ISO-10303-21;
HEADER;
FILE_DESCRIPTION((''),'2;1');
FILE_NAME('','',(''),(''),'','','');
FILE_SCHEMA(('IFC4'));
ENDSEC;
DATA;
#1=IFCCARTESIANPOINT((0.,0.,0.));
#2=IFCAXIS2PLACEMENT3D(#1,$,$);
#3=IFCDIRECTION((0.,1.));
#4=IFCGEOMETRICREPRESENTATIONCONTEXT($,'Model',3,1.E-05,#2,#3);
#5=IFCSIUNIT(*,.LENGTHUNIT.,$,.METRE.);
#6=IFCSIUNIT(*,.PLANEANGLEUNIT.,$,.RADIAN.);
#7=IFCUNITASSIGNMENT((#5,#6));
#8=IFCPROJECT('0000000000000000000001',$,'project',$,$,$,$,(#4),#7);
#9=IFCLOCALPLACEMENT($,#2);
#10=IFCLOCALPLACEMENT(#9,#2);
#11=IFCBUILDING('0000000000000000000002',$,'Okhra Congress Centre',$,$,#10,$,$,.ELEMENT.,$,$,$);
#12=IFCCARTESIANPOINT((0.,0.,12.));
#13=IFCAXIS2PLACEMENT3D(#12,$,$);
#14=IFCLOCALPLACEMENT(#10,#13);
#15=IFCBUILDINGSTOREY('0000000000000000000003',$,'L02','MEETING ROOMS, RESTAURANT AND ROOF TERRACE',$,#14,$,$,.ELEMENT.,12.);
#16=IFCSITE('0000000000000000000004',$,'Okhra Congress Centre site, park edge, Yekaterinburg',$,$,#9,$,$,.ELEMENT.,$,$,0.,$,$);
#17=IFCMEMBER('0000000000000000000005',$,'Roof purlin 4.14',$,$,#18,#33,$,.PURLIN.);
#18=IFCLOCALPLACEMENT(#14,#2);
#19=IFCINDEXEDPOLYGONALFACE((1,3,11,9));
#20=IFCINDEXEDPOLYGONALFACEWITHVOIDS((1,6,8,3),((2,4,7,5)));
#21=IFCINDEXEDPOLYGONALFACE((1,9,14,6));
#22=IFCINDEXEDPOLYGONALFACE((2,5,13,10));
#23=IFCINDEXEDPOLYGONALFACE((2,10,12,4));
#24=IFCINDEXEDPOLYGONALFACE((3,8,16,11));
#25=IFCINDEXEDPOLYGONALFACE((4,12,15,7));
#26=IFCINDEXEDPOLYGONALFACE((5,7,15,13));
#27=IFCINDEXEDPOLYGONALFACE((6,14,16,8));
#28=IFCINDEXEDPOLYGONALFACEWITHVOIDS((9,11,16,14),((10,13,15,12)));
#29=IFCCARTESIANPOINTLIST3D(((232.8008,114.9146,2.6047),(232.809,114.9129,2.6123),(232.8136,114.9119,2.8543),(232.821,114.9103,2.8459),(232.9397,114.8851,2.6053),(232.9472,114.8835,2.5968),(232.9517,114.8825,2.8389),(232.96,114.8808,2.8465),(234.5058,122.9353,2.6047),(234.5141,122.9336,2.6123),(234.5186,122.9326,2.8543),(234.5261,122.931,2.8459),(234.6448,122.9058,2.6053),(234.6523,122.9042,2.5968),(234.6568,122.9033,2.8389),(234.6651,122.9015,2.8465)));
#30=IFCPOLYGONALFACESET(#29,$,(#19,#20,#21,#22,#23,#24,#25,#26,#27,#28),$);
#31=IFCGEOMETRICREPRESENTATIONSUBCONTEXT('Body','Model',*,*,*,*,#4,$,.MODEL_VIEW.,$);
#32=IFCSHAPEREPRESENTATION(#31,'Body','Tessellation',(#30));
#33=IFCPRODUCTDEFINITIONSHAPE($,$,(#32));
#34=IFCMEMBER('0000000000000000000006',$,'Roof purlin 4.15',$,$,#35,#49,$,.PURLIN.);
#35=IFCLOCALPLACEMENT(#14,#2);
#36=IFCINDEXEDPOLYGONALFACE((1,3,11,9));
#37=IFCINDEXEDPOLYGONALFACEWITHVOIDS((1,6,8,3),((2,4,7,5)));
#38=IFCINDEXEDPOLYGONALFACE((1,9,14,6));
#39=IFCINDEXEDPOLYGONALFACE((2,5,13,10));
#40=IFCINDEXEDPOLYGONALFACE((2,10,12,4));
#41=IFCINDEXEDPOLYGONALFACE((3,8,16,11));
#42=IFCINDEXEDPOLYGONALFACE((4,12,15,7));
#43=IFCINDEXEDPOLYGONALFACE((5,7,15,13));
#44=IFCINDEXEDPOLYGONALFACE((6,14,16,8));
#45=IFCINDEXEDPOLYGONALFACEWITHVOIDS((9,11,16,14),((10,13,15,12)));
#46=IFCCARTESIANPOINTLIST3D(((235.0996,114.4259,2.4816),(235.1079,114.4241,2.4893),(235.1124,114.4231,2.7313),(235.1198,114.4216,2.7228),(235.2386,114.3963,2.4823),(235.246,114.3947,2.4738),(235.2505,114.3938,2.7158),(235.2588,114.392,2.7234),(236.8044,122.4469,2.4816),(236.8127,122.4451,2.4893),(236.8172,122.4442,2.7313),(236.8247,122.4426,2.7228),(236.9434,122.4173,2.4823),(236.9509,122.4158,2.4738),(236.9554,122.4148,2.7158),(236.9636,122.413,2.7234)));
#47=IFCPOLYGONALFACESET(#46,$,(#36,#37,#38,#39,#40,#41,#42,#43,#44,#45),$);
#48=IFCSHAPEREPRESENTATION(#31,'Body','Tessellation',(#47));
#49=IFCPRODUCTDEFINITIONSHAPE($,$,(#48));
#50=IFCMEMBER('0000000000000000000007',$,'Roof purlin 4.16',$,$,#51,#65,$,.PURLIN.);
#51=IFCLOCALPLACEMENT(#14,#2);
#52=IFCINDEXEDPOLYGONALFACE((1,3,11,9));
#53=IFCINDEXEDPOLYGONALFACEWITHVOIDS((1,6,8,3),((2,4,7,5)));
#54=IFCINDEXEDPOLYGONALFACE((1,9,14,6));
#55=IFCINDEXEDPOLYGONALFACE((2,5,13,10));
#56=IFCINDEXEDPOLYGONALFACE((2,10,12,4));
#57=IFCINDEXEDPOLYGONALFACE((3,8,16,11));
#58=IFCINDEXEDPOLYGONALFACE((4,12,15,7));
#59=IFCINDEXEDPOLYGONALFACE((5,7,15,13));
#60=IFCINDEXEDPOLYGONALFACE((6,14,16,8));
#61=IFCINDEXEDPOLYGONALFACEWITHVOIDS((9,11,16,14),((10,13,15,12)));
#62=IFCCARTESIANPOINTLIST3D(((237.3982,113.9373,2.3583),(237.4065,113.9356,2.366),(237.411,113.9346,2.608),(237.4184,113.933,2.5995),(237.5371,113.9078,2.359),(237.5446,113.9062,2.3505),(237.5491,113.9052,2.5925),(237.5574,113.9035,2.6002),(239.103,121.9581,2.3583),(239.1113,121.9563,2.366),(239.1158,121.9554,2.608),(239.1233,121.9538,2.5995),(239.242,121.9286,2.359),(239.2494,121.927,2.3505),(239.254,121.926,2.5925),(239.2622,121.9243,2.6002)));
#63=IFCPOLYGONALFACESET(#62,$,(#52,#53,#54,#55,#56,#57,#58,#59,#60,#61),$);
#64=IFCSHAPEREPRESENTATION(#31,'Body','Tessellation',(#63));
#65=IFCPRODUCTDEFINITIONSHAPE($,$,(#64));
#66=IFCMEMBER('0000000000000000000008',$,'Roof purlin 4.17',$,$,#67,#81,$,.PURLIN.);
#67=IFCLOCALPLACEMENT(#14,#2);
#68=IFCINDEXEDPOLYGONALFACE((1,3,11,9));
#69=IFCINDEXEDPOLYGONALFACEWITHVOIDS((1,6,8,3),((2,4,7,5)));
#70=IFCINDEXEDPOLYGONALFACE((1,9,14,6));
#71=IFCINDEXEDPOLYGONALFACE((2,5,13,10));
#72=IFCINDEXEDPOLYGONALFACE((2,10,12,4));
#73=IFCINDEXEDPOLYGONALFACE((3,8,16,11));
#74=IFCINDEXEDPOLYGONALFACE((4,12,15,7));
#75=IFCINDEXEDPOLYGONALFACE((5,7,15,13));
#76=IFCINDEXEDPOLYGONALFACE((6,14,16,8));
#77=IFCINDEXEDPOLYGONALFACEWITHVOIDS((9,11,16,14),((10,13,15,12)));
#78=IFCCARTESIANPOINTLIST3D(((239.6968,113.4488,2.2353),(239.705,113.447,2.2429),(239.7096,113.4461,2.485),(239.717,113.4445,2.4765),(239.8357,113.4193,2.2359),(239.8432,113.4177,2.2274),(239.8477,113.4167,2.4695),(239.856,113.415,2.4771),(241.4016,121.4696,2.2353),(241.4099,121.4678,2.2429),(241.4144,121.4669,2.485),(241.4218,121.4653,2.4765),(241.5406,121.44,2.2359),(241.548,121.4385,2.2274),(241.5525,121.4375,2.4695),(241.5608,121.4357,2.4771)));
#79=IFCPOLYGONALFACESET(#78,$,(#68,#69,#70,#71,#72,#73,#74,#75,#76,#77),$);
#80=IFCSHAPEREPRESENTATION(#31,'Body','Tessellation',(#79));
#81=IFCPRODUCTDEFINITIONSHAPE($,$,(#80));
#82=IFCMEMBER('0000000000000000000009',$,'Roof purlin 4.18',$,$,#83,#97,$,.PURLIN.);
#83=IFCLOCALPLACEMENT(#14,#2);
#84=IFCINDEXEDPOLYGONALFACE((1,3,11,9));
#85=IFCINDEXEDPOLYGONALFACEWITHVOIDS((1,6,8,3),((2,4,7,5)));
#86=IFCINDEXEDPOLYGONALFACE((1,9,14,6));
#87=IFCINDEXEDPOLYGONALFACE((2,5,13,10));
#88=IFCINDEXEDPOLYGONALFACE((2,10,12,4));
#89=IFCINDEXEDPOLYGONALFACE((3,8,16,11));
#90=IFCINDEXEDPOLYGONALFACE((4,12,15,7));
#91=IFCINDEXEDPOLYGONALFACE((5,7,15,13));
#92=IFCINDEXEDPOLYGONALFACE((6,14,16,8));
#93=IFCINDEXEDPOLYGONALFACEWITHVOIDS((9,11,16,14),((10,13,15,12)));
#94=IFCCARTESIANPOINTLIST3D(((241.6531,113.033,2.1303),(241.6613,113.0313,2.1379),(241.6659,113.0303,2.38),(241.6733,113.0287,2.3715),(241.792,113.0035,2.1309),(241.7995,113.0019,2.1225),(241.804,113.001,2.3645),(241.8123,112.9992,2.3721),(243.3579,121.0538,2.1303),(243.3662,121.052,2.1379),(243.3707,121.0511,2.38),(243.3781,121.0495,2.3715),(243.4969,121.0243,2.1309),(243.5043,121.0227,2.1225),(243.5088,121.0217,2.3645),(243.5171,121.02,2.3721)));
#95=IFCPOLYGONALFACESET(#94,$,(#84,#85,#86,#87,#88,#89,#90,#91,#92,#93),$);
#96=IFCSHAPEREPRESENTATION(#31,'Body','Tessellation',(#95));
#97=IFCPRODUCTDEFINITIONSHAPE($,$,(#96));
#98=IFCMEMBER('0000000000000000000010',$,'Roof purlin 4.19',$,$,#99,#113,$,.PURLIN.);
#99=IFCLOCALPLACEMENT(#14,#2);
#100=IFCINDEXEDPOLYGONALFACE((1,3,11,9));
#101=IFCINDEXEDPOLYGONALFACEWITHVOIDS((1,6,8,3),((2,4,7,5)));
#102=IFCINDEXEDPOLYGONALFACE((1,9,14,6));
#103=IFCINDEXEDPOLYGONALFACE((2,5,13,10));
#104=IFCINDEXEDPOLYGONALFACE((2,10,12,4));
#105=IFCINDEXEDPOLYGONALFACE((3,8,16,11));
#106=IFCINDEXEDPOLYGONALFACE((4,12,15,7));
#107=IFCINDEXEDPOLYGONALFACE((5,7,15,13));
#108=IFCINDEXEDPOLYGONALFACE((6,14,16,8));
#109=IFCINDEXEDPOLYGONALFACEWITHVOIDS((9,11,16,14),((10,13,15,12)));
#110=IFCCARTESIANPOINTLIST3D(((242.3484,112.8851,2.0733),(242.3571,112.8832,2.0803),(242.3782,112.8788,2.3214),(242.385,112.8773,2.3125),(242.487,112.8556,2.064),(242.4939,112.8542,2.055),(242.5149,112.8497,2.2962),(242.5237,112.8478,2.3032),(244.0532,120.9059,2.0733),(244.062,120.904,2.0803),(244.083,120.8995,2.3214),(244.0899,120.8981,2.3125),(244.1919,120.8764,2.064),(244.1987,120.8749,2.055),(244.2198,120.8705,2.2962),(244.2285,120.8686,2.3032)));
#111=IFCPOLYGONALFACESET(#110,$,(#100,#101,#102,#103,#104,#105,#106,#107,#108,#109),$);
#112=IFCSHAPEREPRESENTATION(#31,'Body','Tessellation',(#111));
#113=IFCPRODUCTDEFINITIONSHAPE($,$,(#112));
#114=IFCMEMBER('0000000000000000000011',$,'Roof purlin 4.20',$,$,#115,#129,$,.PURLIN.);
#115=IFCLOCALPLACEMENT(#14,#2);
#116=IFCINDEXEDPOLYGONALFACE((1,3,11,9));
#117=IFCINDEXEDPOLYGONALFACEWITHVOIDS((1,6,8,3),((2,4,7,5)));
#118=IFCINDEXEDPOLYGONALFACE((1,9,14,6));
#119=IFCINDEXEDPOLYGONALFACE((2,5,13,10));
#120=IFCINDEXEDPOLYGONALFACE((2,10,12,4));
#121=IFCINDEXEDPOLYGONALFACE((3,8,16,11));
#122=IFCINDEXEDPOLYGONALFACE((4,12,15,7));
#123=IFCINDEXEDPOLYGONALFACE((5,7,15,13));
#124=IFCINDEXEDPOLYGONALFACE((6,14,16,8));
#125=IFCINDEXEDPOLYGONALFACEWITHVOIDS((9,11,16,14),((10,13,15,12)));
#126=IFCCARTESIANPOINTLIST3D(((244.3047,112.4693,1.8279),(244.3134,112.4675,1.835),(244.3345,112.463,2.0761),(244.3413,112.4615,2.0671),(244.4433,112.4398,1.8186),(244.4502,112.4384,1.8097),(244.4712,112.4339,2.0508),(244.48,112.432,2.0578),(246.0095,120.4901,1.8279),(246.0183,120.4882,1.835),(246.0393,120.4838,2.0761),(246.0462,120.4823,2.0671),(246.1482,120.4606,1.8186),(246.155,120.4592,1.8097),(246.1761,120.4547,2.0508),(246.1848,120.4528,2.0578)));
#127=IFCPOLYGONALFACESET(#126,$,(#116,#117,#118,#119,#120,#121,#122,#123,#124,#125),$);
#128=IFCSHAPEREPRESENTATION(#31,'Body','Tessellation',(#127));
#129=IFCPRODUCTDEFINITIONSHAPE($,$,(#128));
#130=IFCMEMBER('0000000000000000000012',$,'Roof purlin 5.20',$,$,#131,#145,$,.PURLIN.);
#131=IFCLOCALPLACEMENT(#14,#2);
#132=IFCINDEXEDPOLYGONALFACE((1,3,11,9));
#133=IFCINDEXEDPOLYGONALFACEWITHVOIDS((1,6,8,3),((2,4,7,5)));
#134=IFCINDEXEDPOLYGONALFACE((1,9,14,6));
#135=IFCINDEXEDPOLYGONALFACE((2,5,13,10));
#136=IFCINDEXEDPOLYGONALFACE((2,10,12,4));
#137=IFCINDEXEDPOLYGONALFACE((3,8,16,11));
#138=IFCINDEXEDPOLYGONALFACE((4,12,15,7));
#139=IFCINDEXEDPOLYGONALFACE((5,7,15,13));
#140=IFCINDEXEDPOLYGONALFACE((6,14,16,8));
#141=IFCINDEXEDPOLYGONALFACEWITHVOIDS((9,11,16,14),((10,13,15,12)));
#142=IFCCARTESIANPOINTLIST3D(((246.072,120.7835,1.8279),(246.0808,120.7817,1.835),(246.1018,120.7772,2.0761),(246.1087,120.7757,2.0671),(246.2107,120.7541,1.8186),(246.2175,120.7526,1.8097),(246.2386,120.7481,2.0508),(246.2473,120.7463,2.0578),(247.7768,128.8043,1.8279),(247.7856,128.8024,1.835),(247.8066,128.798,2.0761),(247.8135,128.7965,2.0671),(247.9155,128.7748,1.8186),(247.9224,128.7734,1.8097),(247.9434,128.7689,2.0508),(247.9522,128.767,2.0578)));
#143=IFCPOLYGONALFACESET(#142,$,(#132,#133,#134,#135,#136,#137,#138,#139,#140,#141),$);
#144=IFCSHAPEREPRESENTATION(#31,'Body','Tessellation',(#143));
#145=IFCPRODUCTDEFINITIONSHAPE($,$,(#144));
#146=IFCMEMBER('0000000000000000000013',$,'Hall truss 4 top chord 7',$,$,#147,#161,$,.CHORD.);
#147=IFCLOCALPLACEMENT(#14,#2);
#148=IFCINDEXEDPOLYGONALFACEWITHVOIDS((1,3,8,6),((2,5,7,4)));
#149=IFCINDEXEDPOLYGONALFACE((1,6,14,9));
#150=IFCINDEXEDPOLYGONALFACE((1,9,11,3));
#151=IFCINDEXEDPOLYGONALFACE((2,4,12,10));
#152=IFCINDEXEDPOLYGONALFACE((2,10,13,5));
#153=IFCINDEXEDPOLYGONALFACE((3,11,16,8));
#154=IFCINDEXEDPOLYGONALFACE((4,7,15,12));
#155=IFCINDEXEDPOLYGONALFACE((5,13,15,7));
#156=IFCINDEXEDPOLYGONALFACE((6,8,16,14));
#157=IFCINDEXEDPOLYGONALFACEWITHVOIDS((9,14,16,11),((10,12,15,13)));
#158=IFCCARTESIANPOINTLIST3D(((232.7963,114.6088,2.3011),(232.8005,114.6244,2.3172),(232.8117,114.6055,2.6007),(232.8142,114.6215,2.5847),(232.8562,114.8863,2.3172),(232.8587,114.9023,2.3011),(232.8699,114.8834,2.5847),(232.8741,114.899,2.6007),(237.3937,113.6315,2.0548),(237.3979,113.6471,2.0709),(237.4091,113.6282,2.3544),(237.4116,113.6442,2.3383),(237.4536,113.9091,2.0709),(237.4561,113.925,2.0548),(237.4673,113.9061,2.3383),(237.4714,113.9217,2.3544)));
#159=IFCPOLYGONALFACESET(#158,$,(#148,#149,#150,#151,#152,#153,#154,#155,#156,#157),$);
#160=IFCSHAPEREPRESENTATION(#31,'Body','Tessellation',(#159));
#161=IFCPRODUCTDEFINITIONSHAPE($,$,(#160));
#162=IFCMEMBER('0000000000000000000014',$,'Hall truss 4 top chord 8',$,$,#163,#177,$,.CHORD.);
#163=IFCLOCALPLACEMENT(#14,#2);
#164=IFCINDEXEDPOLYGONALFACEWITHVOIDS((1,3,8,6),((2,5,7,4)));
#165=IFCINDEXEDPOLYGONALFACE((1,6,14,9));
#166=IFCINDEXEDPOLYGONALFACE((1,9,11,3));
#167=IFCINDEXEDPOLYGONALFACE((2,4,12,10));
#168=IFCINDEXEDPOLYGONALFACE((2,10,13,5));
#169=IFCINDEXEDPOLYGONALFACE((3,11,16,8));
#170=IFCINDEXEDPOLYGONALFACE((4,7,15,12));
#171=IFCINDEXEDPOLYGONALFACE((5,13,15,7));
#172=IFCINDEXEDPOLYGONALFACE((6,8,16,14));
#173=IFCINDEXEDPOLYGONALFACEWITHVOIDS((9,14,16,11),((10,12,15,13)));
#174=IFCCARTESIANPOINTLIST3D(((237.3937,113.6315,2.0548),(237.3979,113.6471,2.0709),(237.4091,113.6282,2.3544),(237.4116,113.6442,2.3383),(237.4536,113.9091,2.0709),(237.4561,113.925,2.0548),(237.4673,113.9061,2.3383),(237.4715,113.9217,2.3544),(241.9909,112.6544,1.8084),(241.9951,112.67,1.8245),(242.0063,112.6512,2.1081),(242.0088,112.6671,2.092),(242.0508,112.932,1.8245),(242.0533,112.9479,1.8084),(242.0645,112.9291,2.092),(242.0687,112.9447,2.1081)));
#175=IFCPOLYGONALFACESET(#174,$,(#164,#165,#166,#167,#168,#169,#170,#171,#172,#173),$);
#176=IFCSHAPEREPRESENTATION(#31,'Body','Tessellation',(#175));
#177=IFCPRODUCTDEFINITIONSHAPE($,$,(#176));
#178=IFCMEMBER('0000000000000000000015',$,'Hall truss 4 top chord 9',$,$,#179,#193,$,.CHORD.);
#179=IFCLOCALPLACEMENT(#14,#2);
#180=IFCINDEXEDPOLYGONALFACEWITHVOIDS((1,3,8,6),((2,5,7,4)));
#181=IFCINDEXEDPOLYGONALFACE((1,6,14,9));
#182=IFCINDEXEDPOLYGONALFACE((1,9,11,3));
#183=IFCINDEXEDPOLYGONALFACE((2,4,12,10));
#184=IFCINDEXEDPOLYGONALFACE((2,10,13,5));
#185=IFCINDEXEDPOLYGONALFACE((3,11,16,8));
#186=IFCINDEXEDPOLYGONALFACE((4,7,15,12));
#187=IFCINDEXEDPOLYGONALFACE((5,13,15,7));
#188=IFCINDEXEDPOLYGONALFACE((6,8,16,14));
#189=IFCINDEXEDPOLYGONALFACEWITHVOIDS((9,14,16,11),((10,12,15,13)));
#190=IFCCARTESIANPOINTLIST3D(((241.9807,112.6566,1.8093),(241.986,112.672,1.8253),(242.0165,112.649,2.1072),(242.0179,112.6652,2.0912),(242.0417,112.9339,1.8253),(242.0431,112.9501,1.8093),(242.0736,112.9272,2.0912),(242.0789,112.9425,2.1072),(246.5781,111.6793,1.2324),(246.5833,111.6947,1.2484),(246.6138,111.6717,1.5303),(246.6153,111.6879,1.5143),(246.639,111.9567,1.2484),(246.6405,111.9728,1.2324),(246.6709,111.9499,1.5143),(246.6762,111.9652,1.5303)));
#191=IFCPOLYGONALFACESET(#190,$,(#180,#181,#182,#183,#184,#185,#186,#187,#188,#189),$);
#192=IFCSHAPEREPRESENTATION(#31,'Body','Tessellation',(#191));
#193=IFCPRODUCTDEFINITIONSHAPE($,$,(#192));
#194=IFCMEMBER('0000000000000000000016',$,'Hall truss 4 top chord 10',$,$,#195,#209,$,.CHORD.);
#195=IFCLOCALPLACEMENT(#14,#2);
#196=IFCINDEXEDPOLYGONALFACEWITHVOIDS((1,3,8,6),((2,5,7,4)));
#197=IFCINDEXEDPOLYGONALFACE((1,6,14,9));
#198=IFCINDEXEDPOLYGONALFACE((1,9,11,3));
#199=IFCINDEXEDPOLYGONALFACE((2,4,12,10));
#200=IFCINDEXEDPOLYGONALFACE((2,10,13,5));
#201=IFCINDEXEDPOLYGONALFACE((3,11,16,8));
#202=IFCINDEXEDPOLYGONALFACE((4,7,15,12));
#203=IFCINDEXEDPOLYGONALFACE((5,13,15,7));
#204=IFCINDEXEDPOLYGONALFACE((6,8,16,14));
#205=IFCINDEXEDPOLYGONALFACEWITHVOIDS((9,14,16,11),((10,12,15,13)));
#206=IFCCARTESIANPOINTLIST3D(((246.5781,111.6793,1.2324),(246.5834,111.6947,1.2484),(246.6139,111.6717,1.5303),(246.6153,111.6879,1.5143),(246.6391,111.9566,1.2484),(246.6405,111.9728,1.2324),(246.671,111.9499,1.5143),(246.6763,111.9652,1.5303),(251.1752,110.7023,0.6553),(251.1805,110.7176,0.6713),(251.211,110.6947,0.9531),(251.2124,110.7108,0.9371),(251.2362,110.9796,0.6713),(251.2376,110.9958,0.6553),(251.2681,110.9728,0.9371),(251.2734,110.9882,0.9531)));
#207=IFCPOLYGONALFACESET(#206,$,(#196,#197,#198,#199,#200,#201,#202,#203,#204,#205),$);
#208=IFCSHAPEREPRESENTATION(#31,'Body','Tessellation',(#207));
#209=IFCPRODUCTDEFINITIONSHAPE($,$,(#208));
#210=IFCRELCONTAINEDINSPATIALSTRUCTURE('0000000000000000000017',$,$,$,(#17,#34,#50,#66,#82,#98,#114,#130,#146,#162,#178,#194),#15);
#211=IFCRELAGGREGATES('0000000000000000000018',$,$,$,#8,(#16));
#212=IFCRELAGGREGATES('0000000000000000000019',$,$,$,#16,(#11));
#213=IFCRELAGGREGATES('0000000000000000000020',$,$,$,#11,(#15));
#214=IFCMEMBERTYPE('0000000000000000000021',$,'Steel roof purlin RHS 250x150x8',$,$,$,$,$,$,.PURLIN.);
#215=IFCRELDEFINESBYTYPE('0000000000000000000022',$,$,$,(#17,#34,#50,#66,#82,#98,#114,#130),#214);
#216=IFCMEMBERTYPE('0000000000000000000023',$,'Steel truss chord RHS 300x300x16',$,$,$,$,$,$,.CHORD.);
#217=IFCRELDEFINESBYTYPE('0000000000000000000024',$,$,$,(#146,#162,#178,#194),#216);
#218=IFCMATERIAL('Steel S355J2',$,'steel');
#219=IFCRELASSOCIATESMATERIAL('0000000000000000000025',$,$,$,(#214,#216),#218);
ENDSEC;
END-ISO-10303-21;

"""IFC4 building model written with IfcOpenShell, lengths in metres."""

from ifc_helpers import new_model, si_unit, direction, frame, origin, origin_2d, place, context, subcontext, project, spatial, hollow_rectangle, extrude, material, material_profile, profile_set, type_object, element, save


model = new_model("IFC4")

# Units and contexts
model_context = context("Model", 3, precision=1e-05, world=origin(), true_north=direction((0.0, 1.0)))
body_context = subcontext(model_context, "Body", "Model", "MODEL_VIEW")
ifc_project = project(units=[si_unit("LENGTHUNIT", "METRE"), si_unit("PLANEANGLEUNIT", "RADIAN")], contexts=[model_context])

# Site, building, storey
site_placement = place(None, origin())
site = spatial("IfcSite", under=ifc_project, at=site_placement, Name="Okhra Congress Centre site, park edge, Yekaterinburg", CompositionType="ELEMENT", RefElevation=0.0)
building_placement = place(site_placement, origin())
building = spatial("IfcBuilding", under=site, at=building_placement, Name="Okhra Congress Centre", CompositionType="ELEMENT")
storey_placement = place(building_placement, frame((0.0, 0.0, 12.0)))
storey = spatial("IfcBuildingStorey", under=building, at=storey_placement, Name="L02", Description="MEETING ROOMS, RESTAURANT AND ROOF TERRACE", CompositionType="ELEMENT", Elevation=12.0)

# Members
ifc_material_1 = material(Name="Steel S355J2", Category="steel")
ifc_material_profile_1 = material_profile(ifc_material_1, hollow_rectangle(XDim=0.1499, YDim=0.25, WallThickness=0.0081, at=origin_2d()), Name="RHS 250x150x8")
ifc_profile_set_1 = profile_set([ifc_material_profile_1], Name="Steel S355J2")
member_type_1 = type_object("IfcMemberType", Name="Steel roof purlin RHS 250x150x8", PredefinedType="PURLIN", material=ifc_profile_set_1)
member_1_placement = place(storey_placement, frame((232.8804, 114.8977, 2.7256), z_axis=(0.207937, 0.978142, 0.0), x_axis=(-0.976802, 0.207652, 0.052336)))
element("IfcMember", 1, at=member_1_placement, inside=storey, type_object=member_type_1, Name="Roof purlin 4.14", PredefinedType="PURLIN", context=body_context, shape_type="SweptSolid", body=[
    extrude(hollow_rectangle(XDim=0.1499, YDim=0.25, WallThickness=0.0081, at=origin_2d()), origin(), (0.0, 0.0, 1.0), 8.2),
])
member_2_placement = place(storey_placement, frame((235.1792, 114.4089, 2.6025), z_axis=(0.207902, 0.97815, 0.0), x_axis=(-0.976809, 0.207617, 0.052336)))
element("IfcMember", 2, at=member_2_placement, inside=storey, type_object=member_type_1, Name="Roof purlin 4.15", PredefinedType="PURLIN", context=body_context, shape_type="SweptSolid", body=[
    extrude(hollow_rectangle(XDim=0.1499, YDim=0.25, WallThickness=0.0081, at=origin_2d()), origin(), (0.0, 0.0, 1.0), 8.2002),
])
for number, where, z_axis, x_axis, name in (
    (3, (237.4778, 113.9204, 2.4792), (0.207908, 0.978148, 0.0), (-0.976808, 0.207623, 0.052336), "Roof purlin 4.16"),
    (4, (239.7764, 113.4319, 2.3562), (0.207908, 0.978148, 0.0), (-0.976808, 0.207623, 0.052336), "Roof purlin 4.17"),
    (5, (241.7327, 113.0161, 2.2512), (0.207908, 0.978148, 0.0), (-0.976808, 0.207623, 0.052336), "Roof purlin 4.18"),
    (6, (242.436, 112.8665, 2.1882), (0.207908, 0.978148, 0.0), (-0.970857, 0.206359, 0.121869), "Roof purlin 4.19"),
    (7, (244.3923, 112.4507, 1.9429), (0.207908, 0.978148, 0.0), (-0.970857, 0.206359, 0.121869), "Roof purlin 4.20"),
    (8, (246.1597, 120.7649, 1.9429), (0.207908, 0.978148, 0.0), (-0.970857, 0.206359, 0.121869), "Roof purlin 5.20"),
):
    element("IfcMember", number, at=place(storey_placement, frame(where, z_axis=z_axis, x_axis=x_axis)), inside=storey, type_object=member_type_1, Name=name, PredefinedType="PURLIN", context=body_context, shape_type="SweptSolid", body=[
        extrude(hollow_rectangle(XDim=0.1499, YDim=0.25, WallThickness=0.0081, at=origin_2d()), origin(), (0.0, 0.0, 1.0), 8.2),
    ])
ifc_material_profile_2 = material_profile(ifc_material_1, hollow_rectangle(XDim=0.3, YDim=0.3, WallThickness=0.0161, at=origin_2d()), Name="RHS 300x300x16")
ifc_profile_set_2 = profile_set([ifc_material_profile_2], Name="Steel S355J2")
member_type_2 = type_object("IfcMemberType", Name="Steel truss chord RHS 300x300x16", PredefinedType="CHORD", material=ifc_profile_set_2)
member_3_placement = place(storey_placement, frame((232.8352, 114.7539, 2.4509), z_axis=(0.976803, -0.207644, -0.052339), x_axis=(0.207929, 0.978144, 0.0)))
element("IfcMember", 9, at=member_3_placement, inside=storey, type_object=member_type_2, Name="Hall truss 4 top chord 7", PredefinedType="CHORD", context=body_context, shape_type="SweptSolid", body=[
    extrude(hollow_rectangle(XDim=0.3, YDim=0.3, WallThickness=0.0161, at=origin_2d()), origin(), (0.0, 0.0, 1.0), 4.7065),
])
member_4_placement = place(storey_placement, frame((237.4326, 113.7766, 2.2046), z_axis=(0.976811, -0.207605, -0.052342), x_axis=(0.20789, 0.978152, 0.0)))
element("IfcMember", 10, at=member_4_placement, inside=storey, type_object=member_type_2, Name="Hall truss 4 top chord 8", PredefinedType="CHORD", context=body_context, shape_type="SweptSolid", body=[
    extrude(hollow_rectangle(XDim=0.3, YDim=0.3, WallThickness=0.0161, at=origin_2d()), origin(), (0.0, 0.0, 1.0), 4.7063),
])
member_5_placement = place(storey_placement, frame((242.0298, 112.7996, 1.9583), z_axis=(0.970858, -0.20638, -0.121828), x_axis=(0.207929, 0.978144, 0.0)))
element("IfcMember", 11, at=member_5_placement, inside=storey, type_object=member_type_2, Name="Hall truss 4 top chord 9", PredefinedType="CHORD", context=body_context, shape_type="SweptSolid", body=[
    extrude(hollow_rectangle(XDim=0.3, YDim=0.3, WallThickness=0.0161, at=origin_2d()), origin(), (0.0, 0.0, 1.0), 4.7354),
])
member_6_placement = place(storey_placement, frame((246.6272, 111.8223, 1.3813), z_axis=(0.970859, -0.20634, -0.121886), x_axis=(0.20789, 0.978152, 0.0)))
element("IfcMember", 12, at=member_6_placement, inside=storey, type_object=member_type_2, Name="Hall truss 4 top chord 10", PredefinedType="CHORD", context=body_context, shape_type="SweptSolid", body=[
    extrude(hollow_rectangle(XDim=0.3, YDim=0.3, WallThickness=0.0161, at=origin_2d()), origin(), (0.0, 0.0, 1.0), 4.7351),
])

save(model, "model.ifc")
